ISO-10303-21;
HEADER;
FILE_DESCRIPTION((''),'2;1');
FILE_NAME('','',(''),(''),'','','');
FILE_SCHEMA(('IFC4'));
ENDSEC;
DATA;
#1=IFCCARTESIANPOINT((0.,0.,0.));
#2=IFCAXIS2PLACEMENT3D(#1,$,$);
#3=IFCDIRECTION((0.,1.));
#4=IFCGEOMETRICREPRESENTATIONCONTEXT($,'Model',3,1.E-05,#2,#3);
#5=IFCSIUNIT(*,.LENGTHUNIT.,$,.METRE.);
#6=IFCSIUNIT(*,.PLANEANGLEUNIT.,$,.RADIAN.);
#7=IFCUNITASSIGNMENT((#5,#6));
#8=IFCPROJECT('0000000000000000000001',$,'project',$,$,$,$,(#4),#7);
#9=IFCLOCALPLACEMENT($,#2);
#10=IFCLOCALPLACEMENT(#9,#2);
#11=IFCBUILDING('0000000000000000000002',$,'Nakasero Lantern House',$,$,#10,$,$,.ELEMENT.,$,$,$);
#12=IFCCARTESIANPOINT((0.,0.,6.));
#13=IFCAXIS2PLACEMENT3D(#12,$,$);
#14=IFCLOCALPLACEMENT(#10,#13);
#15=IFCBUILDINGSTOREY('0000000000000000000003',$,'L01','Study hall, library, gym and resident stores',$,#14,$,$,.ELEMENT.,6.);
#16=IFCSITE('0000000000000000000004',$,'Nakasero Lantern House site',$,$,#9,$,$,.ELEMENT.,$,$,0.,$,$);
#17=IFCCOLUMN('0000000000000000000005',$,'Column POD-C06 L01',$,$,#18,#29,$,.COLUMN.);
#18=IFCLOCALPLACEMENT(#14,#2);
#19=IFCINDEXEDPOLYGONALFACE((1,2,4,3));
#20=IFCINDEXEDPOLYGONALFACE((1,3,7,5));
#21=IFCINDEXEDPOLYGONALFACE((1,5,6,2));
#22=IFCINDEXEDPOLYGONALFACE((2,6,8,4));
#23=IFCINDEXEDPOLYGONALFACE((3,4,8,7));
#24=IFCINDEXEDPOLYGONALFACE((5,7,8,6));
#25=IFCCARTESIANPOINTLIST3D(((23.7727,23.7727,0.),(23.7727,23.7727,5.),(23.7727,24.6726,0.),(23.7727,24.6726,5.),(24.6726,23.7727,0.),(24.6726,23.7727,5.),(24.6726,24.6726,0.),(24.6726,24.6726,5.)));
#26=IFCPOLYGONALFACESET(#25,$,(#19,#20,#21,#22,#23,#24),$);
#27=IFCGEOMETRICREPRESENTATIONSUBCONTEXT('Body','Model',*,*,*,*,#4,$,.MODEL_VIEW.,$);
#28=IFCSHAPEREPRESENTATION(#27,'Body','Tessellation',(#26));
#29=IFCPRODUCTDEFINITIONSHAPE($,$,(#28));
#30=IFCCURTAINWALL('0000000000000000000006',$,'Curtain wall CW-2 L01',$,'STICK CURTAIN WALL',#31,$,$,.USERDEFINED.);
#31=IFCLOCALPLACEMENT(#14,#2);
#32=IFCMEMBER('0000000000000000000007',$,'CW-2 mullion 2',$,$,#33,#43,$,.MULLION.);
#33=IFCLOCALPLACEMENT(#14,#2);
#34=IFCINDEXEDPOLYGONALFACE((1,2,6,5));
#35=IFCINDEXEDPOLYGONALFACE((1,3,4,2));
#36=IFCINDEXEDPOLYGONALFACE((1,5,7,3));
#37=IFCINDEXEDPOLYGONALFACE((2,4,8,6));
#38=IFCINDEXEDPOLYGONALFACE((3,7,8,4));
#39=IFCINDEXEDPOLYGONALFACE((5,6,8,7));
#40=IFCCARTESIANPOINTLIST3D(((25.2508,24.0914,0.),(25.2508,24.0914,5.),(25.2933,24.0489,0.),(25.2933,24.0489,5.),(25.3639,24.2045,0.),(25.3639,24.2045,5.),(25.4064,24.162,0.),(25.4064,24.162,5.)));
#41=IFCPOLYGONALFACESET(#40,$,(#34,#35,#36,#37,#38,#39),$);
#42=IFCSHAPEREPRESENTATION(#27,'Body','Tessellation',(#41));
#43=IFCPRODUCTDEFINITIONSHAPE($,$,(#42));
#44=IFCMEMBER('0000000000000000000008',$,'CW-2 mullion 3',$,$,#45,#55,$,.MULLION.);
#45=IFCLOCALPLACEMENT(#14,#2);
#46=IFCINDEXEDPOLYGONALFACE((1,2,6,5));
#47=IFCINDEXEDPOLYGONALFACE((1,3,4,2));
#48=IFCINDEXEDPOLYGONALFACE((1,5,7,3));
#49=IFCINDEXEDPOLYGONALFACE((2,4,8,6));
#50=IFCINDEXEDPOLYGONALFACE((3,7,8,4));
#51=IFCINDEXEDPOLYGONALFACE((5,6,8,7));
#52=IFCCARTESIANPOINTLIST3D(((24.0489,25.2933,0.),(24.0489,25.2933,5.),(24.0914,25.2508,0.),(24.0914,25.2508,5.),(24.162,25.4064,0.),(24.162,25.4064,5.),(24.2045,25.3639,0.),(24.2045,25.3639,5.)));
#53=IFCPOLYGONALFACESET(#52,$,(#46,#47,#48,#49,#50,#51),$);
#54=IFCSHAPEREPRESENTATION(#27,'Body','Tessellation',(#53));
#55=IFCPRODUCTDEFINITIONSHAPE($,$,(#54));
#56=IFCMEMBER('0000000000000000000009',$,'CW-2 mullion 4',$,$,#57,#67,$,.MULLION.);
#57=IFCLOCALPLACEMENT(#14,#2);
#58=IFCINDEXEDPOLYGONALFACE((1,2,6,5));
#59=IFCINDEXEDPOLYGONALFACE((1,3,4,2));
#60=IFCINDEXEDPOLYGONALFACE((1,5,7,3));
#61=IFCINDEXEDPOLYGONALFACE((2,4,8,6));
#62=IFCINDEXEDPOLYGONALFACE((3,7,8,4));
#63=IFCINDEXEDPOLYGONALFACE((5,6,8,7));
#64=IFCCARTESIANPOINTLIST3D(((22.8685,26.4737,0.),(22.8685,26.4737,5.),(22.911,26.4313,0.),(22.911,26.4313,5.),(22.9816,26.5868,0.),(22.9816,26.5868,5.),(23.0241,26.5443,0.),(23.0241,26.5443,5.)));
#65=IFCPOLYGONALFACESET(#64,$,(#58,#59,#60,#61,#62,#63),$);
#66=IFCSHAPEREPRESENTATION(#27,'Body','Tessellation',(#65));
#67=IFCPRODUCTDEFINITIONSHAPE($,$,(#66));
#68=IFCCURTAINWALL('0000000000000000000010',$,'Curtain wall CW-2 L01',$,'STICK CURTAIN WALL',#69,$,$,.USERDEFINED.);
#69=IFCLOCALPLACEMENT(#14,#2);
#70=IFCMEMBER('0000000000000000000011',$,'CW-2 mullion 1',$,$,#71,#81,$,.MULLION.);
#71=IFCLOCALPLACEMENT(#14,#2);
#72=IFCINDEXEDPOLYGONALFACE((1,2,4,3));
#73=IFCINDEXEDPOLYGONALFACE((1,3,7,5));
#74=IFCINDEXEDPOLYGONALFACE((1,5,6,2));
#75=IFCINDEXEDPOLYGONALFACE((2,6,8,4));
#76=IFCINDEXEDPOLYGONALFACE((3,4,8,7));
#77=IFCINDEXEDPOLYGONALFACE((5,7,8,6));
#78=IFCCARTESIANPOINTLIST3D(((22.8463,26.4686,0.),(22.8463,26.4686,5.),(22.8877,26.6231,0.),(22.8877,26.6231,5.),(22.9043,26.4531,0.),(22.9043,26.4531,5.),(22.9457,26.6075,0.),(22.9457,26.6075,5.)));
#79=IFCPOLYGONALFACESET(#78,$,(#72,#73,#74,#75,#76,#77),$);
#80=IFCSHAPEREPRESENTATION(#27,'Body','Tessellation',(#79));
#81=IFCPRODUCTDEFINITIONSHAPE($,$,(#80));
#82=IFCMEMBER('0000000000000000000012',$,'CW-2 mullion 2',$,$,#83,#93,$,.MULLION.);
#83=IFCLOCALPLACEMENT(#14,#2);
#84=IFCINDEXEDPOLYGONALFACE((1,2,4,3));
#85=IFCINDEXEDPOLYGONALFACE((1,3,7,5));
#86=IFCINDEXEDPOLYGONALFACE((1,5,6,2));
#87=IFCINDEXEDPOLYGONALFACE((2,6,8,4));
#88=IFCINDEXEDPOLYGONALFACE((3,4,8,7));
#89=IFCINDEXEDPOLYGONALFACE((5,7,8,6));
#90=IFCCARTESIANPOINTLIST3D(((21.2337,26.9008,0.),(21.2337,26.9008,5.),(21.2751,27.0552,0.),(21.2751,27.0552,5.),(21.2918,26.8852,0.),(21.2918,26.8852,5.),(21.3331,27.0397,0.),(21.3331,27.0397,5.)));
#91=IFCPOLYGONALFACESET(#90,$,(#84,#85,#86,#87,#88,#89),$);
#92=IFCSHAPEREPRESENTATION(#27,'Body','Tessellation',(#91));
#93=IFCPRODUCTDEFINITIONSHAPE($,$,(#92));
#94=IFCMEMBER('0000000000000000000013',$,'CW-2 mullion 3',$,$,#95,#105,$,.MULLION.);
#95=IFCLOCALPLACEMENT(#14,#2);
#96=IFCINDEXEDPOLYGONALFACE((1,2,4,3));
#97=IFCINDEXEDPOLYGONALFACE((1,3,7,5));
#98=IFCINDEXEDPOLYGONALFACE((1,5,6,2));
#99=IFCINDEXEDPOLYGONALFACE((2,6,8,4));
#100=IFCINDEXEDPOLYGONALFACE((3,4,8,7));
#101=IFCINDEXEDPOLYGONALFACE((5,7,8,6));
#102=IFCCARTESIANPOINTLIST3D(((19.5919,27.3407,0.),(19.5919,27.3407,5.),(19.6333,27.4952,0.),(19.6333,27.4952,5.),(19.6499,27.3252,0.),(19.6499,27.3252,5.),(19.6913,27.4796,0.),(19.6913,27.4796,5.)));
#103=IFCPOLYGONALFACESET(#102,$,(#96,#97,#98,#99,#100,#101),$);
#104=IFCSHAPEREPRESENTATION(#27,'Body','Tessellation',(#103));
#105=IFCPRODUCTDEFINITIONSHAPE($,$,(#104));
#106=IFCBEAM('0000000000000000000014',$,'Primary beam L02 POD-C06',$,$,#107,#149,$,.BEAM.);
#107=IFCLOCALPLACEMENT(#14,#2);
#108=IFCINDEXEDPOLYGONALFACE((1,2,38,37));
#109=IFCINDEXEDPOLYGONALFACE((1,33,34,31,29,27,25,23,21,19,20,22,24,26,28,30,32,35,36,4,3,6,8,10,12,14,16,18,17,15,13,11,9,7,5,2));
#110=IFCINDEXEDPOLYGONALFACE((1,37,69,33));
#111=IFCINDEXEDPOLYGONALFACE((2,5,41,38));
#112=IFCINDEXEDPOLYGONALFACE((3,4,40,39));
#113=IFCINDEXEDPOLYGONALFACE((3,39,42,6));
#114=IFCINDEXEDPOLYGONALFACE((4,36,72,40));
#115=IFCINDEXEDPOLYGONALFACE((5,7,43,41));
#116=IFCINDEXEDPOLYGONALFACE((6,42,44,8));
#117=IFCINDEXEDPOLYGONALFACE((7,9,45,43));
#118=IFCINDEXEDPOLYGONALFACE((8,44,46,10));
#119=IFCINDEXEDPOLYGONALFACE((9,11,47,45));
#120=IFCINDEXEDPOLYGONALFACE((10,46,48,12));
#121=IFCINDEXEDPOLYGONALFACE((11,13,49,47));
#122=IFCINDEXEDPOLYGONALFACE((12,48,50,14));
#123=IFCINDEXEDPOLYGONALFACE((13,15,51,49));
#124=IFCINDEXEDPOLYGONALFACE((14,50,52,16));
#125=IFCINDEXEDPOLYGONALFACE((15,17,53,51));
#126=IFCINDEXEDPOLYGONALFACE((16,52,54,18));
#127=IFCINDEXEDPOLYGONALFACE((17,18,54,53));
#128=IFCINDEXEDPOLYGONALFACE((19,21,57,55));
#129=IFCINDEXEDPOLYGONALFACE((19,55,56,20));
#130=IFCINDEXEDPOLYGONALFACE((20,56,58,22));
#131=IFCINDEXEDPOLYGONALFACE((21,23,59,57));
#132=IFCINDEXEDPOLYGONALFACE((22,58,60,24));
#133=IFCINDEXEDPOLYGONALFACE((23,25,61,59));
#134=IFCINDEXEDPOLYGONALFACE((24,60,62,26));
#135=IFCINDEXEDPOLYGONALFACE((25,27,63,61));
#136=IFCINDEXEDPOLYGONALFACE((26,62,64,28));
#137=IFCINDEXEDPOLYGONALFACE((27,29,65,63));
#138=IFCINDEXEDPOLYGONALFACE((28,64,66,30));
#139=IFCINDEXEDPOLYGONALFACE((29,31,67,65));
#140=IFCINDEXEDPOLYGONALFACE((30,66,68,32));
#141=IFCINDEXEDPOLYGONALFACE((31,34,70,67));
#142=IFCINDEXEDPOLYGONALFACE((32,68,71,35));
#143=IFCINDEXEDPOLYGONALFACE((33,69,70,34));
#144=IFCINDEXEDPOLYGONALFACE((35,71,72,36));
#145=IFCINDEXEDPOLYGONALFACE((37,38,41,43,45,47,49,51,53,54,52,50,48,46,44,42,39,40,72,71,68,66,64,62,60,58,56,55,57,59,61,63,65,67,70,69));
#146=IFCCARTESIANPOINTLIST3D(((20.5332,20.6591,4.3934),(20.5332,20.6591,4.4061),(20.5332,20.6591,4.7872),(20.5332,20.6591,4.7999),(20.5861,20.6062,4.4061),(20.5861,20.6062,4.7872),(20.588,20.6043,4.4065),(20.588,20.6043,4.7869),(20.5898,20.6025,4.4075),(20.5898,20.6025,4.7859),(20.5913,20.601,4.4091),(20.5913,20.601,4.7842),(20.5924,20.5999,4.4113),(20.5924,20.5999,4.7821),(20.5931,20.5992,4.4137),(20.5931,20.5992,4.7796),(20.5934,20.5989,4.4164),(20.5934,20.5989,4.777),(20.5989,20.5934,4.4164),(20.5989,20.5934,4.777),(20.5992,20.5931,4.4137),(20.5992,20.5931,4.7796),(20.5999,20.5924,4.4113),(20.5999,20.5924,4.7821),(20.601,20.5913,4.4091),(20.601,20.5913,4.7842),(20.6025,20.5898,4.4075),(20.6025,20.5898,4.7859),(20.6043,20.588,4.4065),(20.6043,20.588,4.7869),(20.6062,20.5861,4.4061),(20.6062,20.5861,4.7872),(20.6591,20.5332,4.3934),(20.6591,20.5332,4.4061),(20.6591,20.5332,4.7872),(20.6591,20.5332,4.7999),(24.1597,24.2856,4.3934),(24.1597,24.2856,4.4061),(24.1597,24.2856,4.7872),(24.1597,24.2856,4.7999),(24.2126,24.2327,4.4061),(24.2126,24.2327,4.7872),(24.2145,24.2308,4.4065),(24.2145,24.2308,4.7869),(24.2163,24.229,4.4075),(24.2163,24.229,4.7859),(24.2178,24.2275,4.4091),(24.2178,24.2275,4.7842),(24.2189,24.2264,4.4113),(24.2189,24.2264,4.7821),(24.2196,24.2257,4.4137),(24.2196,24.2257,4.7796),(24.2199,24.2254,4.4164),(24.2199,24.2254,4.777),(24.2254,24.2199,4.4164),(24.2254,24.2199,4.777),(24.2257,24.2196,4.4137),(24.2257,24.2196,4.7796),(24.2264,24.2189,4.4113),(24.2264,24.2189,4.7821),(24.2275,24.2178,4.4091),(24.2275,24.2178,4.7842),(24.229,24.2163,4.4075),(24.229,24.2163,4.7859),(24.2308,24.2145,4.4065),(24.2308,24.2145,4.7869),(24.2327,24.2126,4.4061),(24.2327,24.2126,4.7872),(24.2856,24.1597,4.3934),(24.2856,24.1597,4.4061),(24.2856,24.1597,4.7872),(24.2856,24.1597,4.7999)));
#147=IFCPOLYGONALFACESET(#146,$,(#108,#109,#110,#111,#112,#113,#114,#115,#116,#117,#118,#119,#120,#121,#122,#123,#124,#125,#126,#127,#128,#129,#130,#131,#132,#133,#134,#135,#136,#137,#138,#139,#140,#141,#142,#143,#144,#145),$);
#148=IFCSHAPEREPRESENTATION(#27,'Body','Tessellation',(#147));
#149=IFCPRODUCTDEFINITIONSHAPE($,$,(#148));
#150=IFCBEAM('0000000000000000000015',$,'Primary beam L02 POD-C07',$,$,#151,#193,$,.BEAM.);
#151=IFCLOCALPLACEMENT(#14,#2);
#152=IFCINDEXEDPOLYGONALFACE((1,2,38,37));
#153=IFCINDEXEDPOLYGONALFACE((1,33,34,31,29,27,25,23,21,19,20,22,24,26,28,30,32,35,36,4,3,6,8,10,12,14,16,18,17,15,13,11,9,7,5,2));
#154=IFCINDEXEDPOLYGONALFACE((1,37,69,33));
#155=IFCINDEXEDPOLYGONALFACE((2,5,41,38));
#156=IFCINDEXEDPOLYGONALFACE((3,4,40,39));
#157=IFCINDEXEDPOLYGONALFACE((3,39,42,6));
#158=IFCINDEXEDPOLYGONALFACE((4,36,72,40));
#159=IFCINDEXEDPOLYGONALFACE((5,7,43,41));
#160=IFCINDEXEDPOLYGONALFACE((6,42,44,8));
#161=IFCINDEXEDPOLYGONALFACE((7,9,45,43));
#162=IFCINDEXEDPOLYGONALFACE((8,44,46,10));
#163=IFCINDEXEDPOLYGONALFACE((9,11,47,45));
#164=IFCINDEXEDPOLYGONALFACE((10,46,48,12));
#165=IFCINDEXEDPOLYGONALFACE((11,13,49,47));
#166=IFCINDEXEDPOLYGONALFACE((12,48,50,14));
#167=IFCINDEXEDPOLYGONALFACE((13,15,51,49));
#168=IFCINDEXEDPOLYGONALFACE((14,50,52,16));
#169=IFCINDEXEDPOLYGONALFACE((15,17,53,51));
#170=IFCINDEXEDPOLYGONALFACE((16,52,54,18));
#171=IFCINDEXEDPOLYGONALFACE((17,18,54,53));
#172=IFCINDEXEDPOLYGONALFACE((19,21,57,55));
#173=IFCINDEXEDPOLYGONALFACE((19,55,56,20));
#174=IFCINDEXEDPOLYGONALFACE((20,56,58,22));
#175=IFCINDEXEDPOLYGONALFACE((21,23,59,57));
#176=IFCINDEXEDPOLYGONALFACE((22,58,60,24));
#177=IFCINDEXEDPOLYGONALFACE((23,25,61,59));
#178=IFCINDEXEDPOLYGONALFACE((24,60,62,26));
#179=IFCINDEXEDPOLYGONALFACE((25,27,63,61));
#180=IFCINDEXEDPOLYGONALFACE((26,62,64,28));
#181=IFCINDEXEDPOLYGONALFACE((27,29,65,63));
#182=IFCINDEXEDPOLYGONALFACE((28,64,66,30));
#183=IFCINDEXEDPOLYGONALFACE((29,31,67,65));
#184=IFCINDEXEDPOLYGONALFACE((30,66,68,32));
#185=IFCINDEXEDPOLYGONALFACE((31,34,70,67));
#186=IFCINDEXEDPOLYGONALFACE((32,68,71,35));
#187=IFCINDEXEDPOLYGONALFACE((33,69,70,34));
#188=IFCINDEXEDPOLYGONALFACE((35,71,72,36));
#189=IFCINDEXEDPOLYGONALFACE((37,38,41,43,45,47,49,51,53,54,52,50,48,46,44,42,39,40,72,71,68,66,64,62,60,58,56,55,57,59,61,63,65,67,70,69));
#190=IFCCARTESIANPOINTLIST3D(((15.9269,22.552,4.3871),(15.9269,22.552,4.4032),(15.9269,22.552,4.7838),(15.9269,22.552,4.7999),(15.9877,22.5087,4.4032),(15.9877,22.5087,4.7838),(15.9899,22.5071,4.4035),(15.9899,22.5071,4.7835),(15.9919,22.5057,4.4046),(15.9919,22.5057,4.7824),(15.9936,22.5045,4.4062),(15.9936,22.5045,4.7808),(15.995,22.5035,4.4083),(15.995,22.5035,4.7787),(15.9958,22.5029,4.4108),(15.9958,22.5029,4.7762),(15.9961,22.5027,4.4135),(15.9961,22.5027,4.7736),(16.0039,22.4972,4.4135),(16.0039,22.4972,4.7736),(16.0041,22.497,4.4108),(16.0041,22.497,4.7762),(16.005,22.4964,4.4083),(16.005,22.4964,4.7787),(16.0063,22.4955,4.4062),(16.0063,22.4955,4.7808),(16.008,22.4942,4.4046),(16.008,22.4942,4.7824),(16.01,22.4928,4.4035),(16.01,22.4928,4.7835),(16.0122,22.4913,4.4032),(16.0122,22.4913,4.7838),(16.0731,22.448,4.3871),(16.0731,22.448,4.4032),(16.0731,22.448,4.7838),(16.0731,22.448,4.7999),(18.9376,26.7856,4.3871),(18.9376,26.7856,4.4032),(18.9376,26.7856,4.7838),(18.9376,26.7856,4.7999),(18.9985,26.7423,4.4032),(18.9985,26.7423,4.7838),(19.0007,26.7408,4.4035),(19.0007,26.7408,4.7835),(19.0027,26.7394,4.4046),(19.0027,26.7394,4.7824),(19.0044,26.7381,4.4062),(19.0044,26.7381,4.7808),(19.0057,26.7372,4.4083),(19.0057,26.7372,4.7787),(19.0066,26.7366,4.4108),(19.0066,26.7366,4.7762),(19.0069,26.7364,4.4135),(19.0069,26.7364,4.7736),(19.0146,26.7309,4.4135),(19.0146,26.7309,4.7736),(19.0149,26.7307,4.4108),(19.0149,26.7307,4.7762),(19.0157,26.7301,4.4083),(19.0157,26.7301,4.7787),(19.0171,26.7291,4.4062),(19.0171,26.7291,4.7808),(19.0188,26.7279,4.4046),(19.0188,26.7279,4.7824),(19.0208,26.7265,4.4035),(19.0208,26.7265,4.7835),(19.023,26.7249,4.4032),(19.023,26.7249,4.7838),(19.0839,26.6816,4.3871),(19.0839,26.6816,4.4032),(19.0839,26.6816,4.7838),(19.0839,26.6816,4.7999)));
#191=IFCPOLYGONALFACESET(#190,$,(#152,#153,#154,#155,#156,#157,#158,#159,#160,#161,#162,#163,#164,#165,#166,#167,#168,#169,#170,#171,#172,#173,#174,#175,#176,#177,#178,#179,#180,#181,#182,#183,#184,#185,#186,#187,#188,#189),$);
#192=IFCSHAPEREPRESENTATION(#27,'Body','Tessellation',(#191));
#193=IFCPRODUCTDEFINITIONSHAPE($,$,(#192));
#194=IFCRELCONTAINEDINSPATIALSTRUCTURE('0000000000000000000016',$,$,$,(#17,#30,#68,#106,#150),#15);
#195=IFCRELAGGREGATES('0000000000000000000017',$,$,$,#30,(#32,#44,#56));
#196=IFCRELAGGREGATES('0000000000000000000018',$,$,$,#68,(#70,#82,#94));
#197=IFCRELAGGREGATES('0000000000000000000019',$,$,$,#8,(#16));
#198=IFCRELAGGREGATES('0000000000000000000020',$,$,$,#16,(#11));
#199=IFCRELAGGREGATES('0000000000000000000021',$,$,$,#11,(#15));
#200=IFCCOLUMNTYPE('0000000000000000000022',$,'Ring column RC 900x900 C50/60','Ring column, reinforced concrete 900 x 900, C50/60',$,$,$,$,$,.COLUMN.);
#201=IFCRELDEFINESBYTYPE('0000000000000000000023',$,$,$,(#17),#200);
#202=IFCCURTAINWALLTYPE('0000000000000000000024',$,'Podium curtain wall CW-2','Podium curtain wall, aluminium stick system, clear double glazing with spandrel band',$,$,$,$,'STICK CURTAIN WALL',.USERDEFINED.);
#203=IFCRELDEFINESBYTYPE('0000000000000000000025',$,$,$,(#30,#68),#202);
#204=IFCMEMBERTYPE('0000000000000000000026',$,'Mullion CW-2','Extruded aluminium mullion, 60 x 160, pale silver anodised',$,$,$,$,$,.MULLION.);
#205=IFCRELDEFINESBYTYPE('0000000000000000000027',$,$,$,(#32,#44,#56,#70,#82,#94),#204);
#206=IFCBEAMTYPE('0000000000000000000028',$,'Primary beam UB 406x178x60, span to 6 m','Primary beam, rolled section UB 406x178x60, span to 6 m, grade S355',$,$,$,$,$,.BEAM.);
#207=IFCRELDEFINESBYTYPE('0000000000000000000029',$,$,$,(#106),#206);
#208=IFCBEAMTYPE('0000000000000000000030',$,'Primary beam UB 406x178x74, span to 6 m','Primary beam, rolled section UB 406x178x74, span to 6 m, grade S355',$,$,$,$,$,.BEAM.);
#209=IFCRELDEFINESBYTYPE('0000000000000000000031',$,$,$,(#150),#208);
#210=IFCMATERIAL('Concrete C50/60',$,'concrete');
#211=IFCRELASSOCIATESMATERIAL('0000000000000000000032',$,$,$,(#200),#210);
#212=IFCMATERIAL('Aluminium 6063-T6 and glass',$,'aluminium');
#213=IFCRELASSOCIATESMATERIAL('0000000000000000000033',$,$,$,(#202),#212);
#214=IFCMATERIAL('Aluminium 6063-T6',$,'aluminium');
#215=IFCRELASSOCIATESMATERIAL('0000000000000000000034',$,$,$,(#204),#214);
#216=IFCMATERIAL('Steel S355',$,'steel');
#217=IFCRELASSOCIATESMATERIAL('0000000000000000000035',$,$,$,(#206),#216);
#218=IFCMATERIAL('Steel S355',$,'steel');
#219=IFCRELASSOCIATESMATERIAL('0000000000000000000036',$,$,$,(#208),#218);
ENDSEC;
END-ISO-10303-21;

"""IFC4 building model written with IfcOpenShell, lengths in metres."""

from ifc_helpers import new_model, si_unit, direction, frame, origin, origin_2d, place, context, subcontext, project, spatial, rectangle, i_section, extrude, material, material_profile, profile_set, type_object, element, aggregate, save


model = new_model("IFC4")

# Units and contexts
model_context = context("Model", 3, precision=1e-05, world=origin(), true_north=direction((0.0, 1.0)))
body_context = subcontext(model_context, "Body", "Model", "MODEL_VIEW")
ifc_project = project(units=[si_unit("LENGTHUNIT", "METRE"), si_unit("PLANEANGLEUNIT", "RADIAN")], contexts=[model_context])

# Site, building, storey
site_placement = place(None, origin())
site = spatial("IfcSite", under=ifc_project, at=site_placement, Name="Nakasero Lantern House site", CompositionType="ELEMENT", RefElevation=0.0)
building_placement = place(site_placement, origin())
building = spatial("IfcBuilding", under=site, at=building_placement, Name="Nakasero Lantern House", CompositionType="ELEMENT")
storey_placement = place(building_placement, frame((0.0, 0.0, 6.0)))
storey = spatial("IfcBuildingStorey", under=building, at=storey_placement, Name="L01", Description="Study hall, library, gym and resident stores", CompositionType="ELEMENT", Elevation=6.0)

# Column
ifc_material_1 = material(Name="Concrete C50/60", Category="concrete")
ifc_material_profile_1 = material_profile(ifc_material_1, rectangle(XDim=0.8999, YDim=0.8999, at=origin_2d()), Name="RC 900x900")
ifc_profile_set_1 = profile_set([ifc_material_profile_1], Name="Concrete C50/60")
column_type = type_object("IfcColumnType", Name="Ring column RC 900x900 C50/60", Description="Ring column, reinforced concrete 900 x 900, C50/60", PredefinedType="COLUMN", material=ifc_profile_set_1)
column_placement = place(storey_placement, frame((24.2227, 24.2227, 0.0), z_axis=(0.0, 0.0, 1.0), x_axis=(1.0, 0.0, 0.0)))
element("IfcColumn", 1, at=column_placement, inside=storey, type_object=column_type, Name="Column POD-C06 L01", PredefinedType="COLUMN", context=body_context, shape_type="SweptSolid", body=[
    extrude(rectangle(XDim=0.8999, YDim=0.8999, at=origin_2d()), origin(), (0.0, 0.0, 1.0), 5.0),
])

# Curtain walls, members
ifc_material_2 = material(Name="Aluminium 6063-T6 and glass", Category="aluminium")
curtain_wall_type = type_object("IfcCurtainWallType", Name="Podium curtain wall CW-2", Description="Podium curtain wall, aluminium stick system, clear double glazing with spandrel band", ElementType="STICK CURTAIN WALL", PredefinedType="USERDEFINED", material=ifc_material_2)
curtain_wall_1_placement = place(storey_placement, origin())
curtain_wall_1 = element("IfcCurtainWall", 2, at=curtain_wall_1_placement, inside=storey, type_object=curtain_wall_type, Name="Curtain wall CW-2 L01", ObjectType="STICK CURTAIN WALL", PredefinedType="USERDEFINED")
ifc_material_3 = material(Name="Aluminium 6063-T6", Category="aluminium")
ifc_material_profile_2 = material_profile(ifc_material_3, rectangle(XDim=0.0601, YDim=0.1599, at=origin_2d()), Name="CW-2 mullion 60x160")
ifc_profile_set_2 = profile_set([ifc_material_profile_2], Name="Aluminium 6063-T6")
member_type_1 = type_object("IfcMemberType", Name="Mullion CW-2", Description="Extruded aluminium mullion, 60 x 160, pale silver anodised", PredefinedType="MULLION", material=ifc_profile_set_2)
member_1_placement = place(storey_placement, frame((25.3286, 24.1267, 0.0), z_axis=(0.0, 0.0, 1.0), x_axis=(-0.707107, 0.707107, 0.0)))
member_1 = element("IfcMember", 3, at=member_1_placement, type_object=member_type_1, Name="CW-2 mullion 2", PredefinedType="MULLION", context=body_context, shape_type="SweptSolid", body=[
    extrude(rectangle(XDim=0.0601, YDim=0.1599, at=origin_2d()), origin(), (0.0, 0.0, 1.0), 5.0),
])
member_2_placement = place(storey_placement, frame((24.1267, 25.3286, 0.0), z_axis=(0.0, 0.0, 1.0), x_axis=(-0.707107, 0.707107, 0.0)))
member_2 = element("IfcMember", 4, at=member_2_placement, type_object=member_type_1, Name="CW-2 mullion 3", PredefinedType="MULLION", context=body_context, shape_type="SweptSolid", body=[
    extrude(rectangle(XDim=0.0601, YDim=0.1599, at=origin_2d()), origin(), (0.0, 0.0, 1.0), 5.0),
])
member_3_placement = place(storey_placement, frame((22.9463, 26.509, 0.0), z_axis=(0.0, 0.0, 1.0), x_axis=(-0.707107, 0.707107, 0.0)))
member_3 = element("IfcMember", 5, at=member_3_placement, type_object=member_type_1, Name="CW-2 mullion 4", PredefinedType="MULLION", context=body_context, shape_type="SweptSolid", body=[
    extrude(rectangle(XDim=0.0601, YDim=0.1599, at=origin_2d()), origin(), (0.0, 0.0, 1.0), 5.0),
])
curtain_wall_2_placement = place(storey_placement, origin())
curtain_wall_2 = element("IfcCurtainWall", 6, at=curtain_wall_2_placement, inside=storey, type_object=curtain_wall_type, Name="Curtain wall CW-2 L01", ObjectType="STICK CURTAIN WALL", PredefinedType="USERDEFINED")
member_4_placement = place(storey_placement, frame((22.896, 26.5381, 0.0), z_axis=(0.0, 0.0, 1.0), x_axis=(-0.965926, 0.258819, 0.0)))
member_4 = element("IfcMember", 7, at=member_4_placement, type_object=member_type_1, Name="CW-2 mullion 1", PredefinedType="MULLION", context=body_context, shape_type="SweptSolid", body=[
    extrude(rectangle(XDim=0.0601, YDim=0.1599, at=origin_2d()), origin(), (0.0, 0.0, 1.0), 5.0),
])
member_5_placement = place(storey_placement, frame((21.2834, 26.9702, 0.0), z_axis=(0.0, 0.0, 1.0), x_axis=(-0.965926, 0.258819, 0.0)))
member_5 = element("IfcMember", 8, at=member_5_placement, type_object=member_type_1, Name="CW-2 mullion 2", PredefinedType="MULLION", context=body_context, shape_type="SweptSolid", body=[
    extrude(rectangle(XDim=0.0601, YDim=0.1599, at=origin_2d()), origin(), (0.0, 0.0, 1.0), 5.0),
])
member_6_placement = place(storey_placement, frame((19.6416, 27.4102, 0.0), z_axis=(0.0, 0.0, 1.0), x_axis=(-0.965926, 0.258819, 0.0)))
member_6 = element("IfcMember", 9, at=member_6_placement, type_object=member_type_1, Name="CW-2 mullion 3", PredefinedType="MULLION", context=body_context, shape_type="SweptSolid", body=[
    extrude(rectangle(XDim=0.0601, YDim=0.1599, at=origin_2d()), origin(), (0.0, 0.0, 1.0), 5.0),
])

# Beams
ifc_material_4 = material(Name="Steel S355", Category="steel")
ifc_material_profile_3 = material_profile(ifc_material_4, i_section(OverallWidth=0.178, OverallDepth=0.4065, WebThickness=0.0078, FlangeThickness=0.0127, FilletRadius=0.0103, at=origin_2d()), Name="UB 406x178x60")
ifc_profile_set_3 = profile_set([ifc_material_profile_3], Name="Steel S355")
beam_type_1 = type_object("IfcBeamType", Name="Primary beam UB 406x178x60, span to 6 m", Description="Primary beam, rolled section UB 406x178x60, span to 6 m, grade S355", PredefinedType="BEAM", material=ifc_profile_set_3)
beam_1_placement = place(storey_placement, frame((24.2227, 24.2227, 4.5967), z_axis=(-0.707107, -0.707107, 0.0), x_axis=(0.707107, -0.707107, 0.0)))
element("IfcBeam", 10, at=beam_1_placement, inside=storey, type_object=beam_type_1, Name="Primary beam L02 POD-C06", PredefinedType="BEAM", context=body_context, shape_type="SweptSolid", body=[
    extrude(i_section(OverallWidth=0.178, OverallDepth=0.4065, WebThickness=0.0078, FlangeThickness=0.0127, FilletRadius=0.0103, at=origin_2d()), origin(), (0.0, 0.0, 1.0), 5.1287),
])
ifc_material_5 = material(Name="Steel S355", Category="steel")
ifc_material_profile_4 = material_profile(ifc_material_5, i_section(OverallWidth=0.1794, OverallDepth=0.4128, WebThickness=0.0095, FlangeThickness=0.0161, FilletRadius=0.0103, at=origin_2d()), Name="UB 406x178x74")
ifc_profile_set_4 = profile_set([ifc_material_profile_4], Name="Steel S355")
beam_type_2 = type_object("IfcBeamType", Name="Primary beam UB 406x178x74, span to 6 m", Description="Primary beam, rolled section UB 406x178x74, span to 6 m, grade S355", PredefinedType="BEAM", material=ifc_profile_set_4)
beam_2_placement = place(storey_placement, frame((19.0107, 26.7336, 4.5935), z_axis=(-0.579543, -0.814942, 0.0), x_axis=(0.814942, -0.579543, 0.0)))
element("IfcBeam", 11, at=beam_2_placement, inside=storey, type_object=beam_type_2, Name="Primary beam L02 POD-C07", PredefinedType="BEAM", context=body_context, shape_type="SweptSolid", body=[
    extrude(i_section(OverallWidth=0.1794, OverallDepth=0.4128, WebThickness=0.0095, FlangeThickness=0.0161, FilletRadius=0.0103, at=origin_2d()), origin(), (0.0, 0.0, 1.0), 5.1951),
])

aggregate(curtain_wall_1, [member_1, member_2, member_3])
aggregate(curtain_wall_2, [member_4, member_5, member_6])

save(model, "model.ifc")
